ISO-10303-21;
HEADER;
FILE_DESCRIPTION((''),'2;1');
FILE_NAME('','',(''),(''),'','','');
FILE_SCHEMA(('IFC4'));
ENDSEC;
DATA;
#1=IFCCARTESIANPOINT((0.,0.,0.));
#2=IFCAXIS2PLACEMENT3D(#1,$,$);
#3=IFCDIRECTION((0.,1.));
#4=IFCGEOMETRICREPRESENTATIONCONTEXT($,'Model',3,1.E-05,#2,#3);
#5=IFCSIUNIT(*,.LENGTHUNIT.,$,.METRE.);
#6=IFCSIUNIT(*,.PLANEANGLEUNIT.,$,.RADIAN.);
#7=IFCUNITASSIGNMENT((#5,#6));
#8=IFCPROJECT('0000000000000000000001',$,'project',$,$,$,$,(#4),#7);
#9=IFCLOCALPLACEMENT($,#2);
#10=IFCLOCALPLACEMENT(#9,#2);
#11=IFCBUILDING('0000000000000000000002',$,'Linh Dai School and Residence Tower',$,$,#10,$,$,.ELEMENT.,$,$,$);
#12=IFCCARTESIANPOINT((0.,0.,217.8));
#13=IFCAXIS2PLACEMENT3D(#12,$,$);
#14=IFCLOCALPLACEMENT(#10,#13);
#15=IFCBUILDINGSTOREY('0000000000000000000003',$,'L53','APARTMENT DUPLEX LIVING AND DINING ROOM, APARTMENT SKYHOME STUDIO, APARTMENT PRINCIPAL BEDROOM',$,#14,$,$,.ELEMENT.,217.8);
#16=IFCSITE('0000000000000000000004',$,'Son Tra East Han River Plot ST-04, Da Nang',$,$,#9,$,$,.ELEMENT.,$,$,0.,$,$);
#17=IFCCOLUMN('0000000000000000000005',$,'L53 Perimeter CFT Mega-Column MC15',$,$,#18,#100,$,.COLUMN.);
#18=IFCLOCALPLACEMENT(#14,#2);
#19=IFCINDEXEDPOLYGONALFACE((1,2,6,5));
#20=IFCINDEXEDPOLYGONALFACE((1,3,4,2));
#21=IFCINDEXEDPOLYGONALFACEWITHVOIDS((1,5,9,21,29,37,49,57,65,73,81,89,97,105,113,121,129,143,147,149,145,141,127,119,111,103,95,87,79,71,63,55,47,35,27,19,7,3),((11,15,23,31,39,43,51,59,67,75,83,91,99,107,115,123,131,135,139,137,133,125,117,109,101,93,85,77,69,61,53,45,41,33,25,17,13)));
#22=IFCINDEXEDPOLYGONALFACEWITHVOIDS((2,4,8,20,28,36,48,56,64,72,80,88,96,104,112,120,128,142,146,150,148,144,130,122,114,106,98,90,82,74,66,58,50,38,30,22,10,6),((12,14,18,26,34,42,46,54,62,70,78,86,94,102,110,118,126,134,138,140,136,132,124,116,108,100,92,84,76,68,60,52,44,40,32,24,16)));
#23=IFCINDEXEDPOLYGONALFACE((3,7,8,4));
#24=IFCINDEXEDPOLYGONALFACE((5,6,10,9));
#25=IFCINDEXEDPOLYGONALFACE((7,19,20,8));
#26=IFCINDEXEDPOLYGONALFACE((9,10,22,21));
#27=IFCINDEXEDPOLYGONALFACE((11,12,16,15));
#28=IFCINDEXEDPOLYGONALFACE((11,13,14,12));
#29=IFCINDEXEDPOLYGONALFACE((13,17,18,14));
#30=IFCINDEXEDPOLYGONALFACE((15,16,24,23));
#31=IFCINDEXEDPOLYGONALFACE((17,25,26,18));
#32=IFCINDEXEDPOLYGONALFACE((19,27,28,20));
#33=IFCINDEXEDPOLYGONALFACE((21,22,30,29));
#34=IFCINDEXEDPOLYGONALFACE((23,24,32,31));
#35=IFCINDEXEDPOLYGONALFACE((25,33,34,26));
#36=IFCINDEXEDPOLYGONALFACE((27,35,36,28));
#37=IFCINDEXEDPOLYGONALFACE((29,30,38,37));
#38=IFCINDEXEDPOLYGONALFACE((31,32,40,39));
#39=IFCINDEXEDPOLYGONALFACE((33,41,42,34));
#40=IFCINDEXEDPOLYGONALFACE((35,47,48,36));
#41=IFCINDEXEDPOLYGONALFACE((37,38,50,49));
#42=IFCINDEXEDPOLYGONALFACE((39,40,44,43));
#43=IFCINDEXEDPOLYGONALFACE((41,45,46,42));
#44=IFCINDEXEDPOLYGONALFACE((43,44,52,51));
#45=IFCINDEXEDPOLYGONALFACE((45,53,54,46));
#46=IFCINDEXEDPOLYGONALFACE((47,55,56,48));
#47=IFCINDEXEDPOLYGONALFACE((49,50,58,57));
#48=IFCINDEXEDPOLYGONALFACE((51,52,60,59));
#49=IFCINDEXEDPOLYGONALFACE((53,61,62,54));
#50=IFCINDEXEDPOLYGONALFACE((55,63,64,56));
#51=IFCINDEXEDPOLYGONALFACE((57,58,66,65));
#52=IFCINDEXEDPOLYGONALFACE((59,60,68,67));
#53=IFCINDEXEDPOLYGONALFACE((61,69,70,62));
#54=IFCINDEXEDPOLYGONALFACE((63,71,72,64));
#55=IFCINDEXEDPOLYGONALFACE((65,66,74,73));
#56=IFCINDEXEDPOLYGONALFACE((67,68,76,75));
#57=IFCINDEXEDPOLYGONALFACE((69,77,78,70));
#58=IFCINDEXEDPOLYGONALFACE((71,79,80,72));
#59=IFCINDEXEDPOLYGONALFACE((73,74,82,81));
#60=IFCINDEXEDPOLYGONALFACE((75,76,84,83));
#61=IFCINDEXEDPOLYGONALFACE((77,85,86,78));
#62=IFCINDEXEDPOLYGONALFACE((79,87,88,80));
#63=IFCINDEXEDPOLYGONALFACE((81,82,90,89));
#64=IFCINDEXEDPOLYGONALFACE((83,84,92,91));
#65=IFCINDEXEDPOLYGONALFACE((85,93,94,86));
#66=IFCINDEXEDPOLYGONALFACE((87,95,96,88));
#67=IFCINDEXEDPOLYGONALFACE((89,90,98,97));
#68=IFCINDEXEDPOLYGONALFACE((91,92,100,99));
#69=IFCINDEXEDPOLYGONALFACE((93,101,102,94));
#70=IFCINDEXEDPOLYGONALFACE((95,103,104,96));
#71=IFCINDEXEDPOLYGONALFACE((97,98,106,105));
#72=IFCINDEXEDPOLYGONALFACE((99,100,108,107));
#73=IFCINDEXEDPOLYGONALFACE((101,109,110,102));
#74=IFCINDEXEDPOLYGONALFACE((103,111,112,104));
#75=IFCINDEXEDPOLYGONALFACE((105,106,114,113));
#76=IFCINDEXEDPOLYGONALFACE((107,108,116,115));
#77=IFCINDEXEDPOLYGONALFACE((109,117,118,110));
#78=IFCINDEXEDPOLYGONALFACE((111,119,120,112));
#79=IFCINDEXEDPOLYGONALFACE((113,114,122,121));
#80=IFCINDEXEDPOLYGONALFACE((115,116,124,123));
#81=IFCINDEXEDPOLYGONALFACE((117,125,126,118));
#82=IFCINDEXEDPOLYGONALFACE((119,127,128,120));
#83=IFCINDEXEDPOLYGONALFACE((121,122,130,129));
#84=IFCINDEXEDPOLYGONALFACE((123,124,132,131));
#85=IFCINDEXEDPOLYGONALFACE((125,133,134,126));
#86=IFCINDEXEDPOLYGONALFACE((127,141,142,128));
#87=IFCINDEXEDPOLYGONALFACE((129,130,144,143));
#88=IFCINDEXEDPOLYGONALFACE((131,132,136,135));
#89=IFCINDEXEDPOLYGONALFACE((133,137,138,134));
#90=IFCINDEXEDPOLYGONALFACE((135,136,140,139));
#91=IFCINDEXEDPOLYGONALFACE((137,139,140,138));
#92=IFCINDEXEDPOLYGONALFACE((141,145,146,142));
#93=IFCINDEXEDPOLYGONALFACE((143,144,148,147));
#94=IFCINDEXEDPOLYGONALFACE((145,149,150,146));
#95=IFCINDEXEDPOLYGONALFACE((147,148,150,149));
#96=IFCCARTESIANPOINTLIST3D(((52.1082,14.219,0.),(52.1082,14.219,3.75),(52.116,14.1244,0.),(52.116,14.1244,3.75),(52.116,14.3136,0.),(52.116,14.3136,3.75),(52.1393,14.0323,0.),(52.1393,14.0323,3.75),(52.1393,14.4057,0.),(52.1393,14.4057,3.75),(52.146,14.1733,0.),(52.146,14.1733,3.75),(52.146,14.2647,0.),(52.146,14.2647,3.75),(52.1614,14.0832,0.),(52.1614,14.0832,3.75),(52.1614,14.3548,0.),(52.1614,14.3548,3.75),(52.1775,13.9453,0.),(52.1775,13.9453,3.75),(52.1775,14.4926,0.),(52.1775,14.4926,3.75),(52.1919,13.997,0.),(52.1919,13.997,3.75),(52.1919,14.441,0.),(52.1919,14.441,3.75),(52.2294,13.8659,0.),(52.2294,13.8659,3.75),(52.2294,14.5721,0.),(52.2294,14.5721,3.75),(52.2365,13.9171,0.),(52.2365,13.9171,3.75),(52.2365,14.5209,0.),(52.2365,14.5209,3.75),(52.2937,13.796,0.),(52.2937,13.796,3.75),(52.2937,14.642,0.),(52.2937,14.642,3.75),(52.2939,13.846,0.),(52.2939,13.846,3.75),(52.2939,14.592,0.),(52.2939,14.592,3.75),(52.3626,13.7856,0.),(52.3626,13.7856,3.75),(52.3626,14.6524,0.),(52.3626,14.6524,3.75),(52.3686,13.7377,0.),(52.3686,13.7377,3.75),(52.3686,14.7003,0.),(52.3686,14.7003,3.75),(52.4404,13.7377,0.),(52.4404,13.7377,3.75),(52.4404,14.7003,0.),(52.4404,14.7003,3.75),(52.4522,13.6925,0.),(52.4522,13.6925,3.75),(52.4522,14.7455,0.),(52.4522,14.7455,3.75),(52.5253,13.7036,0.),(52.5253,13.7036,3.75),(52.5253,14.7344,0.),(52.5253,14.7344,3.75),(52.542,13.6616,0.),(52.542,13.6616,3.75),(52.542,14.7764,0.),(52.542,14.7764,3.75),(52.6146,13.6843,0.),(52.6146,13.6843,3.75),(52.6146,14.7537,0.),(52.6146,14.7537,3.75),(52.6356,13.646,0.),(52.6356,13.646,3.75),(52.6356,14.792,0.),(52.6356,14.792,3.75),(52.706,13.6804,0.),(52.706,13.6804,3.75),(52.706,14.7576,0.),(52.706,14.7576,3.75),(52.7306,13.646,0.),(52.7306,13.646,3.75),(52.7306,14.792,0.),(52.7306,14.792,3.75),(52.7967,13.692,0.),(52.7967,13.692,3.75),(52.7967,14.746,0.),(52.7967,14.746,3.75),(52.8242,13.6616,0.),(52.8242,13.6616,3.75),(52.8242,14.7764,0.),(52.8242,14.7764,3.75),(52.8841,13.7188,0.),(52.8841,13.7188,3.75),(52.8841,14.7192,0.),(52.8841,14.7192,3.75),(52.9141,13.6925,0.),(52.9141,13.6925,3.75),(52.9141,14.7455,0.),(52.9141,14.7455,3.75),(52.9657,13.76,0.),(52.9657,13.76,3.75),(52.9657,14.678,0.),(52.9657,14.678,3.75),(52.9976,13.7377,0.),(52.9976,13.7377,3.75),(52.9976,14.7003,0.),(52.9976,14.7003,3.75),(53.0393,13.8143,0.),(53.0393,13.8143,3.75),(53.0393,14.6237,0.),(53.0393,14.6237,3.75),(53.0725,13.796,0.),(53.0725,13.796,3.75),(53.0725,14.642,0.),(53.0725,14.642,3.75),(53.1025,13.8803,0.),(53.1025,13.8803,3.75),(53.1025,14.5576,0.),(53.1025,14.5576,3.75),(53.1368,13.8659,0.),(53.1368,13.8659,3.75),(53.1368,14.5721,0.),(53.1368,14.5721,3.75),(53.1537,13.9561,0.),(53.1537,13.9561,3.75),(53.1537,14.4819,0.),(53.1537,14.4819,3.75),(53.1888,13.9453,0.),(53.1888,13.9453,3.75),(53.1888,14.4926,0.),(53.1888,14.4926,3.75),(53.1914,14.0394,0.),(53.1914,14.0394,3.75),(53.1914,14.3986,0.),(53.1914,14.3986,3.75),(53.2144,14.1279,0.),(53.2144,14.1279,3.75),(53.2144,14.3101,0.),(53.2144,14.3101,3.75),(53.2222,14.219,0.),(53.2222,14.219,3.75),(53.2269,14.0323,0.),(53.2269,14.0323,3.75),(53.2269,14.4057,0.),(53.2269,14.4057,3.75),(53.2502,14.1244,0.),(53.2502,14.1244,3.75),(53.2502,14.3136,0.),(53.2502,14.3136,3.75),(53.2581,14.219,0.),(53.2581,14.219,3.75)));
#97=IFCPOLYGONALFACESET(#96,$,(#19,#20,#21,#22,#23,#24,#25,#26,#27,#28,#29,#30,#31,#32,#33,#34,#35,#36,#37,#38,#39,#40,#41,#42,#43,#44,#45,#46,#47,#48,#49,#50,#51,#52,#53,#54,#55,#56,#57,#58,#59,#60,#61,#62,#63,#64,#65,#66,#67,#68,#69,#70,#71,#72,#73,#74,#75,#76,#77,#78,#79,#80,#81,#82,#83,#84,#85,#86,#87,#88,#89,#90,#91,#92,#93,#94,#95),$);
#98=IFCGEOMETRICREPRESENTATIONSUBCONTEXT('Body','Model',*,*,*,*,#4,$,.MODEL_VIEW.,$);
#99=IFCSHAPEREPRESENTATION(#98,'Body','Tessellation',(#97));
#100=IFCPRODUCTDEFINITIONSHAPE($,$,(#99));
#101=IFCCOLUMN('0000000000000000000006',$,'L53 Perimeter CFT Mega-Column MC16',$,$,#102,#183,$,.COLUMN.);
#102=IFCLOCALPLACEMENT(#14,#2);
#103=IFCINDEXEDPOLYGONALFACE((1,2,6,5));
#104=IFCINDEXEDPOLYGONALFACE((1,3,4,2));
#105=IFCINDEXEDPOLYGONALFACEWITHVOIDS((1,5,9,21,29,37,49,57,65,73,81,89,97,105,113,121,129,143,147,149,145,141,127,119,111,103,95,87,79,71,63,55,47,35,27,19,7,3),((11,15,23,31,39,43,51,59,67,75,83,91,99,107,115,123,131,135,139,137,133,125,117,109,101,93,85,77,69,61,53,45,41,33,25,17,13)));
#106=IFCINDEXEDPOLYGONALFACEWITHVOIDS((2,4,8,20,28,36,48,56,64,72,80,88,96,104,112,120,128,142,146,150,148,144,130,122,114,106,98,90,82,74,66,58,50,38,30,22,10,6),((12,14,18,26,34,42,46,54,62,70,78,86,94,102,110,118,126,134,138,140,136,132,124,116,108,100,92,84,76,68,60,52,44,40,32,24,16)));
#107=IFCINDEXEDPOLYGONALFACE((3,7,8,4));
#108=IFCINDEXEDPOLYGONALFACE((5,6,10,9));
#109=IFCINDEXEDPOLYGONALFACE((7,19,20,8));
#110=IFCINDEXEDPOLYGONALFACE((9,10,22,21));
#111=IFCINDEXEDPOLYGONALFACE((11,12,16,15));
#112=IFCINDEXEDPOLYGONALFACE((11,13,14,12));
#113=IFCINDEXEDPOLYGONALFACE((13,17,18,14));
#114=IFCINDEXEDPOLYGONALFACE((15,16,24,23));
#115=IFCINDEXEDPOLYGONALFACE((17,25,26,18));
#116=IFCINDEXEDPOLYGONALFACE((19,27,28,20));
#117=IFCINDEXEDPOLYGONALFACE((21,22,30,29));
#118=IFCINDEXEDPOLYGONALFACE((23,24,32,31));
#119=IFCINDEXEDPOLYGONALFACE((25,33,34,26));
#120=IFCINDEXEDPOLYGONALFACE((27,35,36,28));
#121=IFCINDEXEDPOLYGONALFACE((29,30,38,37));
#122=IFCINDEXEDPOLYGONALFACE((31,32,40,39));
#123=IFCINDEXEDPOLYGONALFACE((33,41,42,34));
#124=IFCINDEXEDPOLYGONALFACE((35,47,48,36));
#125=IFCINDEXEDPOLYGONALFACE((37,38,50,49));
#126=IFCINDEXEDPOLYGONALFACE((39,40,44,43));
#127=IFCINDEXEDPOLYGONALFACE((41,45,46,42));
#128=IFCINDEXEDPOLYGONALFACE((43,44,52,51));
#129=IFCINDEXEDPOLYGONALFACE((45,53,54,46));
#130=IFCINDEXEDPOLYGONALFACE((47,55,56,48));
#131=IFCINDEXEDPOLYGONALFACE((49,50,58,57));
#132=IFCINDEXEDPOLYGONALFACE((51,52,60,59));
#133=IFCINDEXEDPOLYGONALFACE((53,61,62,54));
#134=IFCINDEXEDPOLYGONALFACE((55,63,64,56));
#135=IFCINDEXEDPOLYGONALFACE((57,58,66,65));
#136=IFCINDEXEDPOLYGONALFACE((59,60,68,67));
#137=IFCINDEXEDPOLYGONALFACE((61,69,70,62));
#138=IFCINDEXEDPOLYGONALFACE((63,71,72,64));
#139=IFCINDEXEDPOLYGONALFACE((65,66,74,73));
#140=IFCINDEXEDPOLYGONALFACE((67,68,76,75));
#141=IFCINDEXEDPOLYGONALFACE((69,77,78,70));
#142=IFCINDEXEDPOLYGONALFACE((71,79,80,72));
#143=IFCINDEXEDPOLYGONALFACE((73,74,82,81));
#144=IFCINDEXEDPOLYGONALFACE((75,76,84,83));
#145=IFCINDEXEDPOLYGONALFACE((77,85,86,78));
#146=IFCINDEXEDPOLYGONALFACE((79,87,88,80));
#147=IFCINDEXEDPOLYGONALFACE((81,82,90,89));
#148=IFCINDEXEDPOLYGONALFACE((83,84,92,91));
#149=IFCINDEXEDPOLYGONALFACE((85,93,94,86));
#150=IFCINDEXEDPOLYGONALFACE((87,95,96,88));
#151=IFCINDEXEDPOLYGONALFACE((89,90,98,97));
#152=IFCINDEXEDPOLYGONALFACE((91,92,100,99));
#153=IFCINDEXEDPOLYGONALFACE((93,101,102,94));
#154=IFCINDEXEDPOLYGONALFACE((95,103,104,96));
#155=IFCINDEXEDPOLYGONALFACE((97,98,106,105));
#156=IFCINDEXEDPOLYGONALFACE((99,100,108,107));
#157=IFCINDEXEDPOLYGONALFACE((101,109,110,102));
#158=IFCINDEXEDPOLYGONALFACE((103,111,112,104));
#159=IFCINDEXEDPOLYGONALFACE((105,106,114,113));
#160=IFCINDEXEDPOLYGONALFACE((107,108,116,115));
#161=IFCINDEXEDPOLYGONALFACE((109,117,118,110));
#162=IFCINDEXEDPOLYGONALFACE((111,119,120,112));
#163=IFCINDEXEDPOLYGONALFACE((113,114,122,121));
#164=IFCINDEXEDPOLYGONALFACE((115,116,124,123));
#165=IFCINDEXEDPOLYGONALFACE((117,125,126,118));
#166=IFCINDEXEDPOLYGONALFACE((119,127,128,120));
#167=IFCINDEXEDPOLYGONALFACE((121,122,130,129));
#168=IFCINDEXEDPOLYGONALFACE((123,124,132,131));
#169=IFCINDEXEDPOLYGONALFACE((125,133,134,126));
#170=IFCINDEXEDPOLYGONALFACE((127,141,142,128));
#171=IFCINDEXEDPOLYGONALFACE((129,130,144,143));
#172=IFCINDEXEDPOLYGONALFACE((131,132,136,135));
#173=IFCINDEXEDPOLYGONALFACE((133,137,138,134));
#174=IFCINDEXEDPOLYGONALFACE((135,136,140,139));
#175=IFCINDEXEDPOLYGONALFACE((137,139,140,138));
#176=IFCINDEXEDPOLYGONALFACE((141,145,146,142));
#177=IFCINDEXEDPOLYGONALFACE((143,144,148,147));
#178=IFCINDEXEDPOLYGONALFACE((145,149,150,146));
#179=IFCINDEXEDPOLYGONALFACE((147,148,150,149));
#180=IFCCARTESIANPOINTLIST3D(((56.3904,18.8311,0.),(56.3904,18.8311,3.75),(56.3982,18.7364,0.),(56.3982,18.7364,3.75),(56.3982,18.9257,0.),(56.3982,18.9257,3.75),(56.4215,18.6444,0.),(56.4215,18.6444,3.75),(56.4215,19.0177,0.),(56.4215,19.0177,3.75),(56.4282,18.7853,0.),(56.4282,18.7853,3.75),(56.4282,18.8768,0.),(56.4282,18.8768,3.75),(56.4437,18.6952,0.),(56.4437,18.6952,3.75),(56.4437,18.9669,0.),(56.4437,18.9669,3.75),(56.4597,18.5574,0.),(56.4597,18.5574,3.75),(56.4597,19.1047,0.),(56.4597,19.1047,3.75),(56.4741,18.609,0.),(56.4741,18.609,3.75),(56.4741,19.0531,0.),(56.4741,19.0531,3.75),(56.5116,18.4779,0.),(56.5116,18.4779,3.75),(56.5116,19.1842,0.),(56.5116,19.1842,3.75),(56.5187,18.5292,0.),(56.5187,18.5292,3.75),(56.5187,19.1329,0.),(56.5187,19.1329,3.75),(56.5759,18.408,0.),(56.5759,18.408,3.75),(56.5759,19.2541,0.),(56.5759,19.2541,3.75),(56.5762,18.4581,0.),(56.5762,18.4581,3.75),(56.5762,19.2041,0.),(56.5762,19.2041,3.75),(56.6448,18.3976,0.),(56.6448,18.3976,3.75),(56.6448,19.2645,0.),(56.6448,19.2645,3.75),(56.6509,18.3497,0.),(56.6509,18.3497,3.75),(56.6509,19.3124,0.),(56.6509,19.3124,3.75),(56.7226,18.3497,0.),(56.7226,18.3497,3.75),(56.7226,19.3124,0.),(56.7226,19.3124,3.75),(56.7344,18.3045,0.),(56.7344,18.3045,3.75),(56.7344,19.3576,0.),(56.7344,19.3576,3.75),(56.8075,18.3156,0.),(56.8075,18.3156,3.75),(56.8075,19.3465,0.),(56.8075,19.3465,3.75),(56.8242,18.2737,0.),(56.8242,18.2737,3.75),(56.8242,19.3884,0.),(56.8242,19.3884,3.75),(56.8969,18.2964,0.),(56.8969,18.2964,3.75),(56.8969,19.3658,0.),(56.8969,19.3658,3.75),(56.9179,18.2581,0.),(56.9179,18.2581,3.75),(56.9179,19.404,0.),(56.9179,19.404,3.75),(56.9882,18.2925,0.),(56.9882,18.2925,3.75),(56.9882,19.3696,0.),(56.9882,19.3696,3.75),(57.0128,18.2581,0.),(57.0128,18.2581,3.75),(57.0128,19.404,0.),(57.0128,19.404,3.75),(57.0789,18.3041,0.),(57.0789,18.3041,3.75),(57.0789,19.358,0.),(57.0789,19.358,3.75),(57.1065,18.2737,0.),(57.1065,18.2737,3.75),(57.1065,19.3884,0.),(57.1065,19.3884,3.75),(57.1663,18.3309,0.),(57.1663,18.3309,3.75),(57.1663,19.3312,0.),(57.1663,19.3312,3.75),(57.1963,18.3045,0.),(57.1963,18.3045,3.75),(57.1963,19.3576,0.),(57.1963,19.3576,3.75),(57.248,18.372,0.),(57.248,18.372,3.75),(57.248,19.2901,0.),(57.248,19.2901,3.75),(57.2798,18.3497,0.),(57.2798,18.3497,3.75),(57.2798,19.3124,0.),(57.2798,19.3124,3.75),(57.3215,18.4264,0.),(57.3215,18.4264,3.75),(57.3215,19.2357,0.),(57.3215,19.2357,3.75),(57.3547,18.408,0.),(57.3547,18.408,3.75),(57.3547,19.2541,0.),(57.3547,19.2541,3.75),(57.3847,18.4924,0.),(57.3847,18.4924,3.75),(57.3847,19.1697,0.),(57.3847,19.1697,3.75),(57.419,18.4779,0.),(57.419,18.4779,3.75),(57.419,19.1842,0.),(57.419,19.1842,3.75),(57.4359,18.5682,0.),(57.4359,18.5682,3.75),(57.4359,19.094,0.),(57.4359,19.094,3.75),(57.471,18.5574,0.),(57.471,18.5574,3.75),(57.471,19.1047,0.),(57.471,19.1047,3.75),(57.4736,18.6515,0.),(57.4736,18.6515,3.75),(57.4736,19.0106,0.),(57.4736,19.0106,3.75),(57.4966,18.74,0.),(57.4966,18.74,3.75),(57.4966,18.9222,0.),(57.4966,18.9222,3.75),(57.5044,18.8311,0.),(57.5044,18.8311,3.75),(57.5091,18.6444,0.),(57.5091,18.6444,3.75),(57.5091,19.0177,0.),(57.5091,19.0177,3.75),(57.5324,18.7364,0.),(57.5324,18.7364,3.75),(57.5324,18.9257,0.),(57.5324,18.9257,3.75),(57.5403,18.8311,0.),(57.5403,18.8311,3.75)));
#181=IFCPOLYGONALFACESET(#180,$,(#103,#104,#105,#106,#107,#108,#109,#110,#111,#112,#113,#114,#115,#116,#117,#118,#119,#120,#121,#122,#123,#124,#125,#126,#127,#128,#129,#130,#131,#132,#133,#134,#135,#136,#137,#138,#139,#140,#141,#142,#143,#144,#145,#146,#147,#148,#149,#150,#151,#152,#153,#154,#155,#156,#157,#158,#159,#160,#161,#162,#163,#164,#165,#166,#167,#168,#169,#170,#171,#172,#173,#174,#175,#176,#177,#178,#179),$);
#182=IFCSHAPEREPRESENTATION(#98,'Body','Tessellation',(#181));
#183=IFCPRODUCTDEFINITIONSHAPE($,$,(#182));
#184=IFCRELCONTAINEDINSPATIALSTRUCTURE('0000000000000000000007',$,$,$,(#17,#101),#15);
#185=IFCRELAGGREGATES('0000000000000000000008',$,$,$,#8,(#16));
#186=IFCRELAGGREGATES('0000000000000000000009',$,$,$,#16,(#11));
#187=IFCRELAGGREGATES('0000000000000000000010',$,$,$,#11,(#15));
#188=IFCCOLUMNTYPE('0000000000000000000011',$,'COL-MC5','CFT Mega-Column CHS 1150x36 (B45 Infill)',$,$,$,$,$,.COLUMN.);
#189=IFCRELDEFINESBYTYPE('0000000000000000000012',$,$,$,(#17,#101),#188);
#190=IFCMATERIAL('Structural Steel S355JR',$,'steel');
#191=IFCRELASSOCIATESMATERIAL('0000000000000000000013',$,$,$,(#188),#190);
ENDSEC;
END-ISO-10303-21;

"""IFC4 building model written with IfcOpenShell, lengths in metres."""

from ifc_helpers import new_model, si_unit, direction, frame, origin, origin_2d, place, context, subcontext, project, spatial, hollow_circle, extrude, material, material_profile, profile_set, type_object, element, save


model = new_model("IFC4")

# Units and contexts
model_context = context("Model", 3, precision=1e-05, world=origin(), true_north=direction((0.0, 1.0)))
body_context = subcontext(model_context, "Body", "Model", "MODEL_VIEW")
ifc_project = project(units=[si_unit("LENGTHUNIT", "METRE"), si_unit("PLANEANGLEUNIT", "RADIAN")], contexts=[model_context])

# Site, building, storey
site_placement = place(None, origin())
site = spatial("IfcSite", under=ifc_project, at=site_placement, Name="Son Tra East Han River Plot ST-04, Da Nang", CompositionType="ELEMENT", RefElevation=0.0)
building_placement = place(site_placement, origin())
building = spatial("IfcBuilding", under=site, at=building_placement, Name="Linh Dai School and Residence Tower", CompositionType="ELEMENT")
storey_placement = place(building_placement, frame((0.0, 0.0, 217.8)))
storey = spatial("IfcBuildingStorey", under=building, at=storey_placement, Name="L53", Description="APARTMENT DUPLEX LIVING AND DINING ROOM, APARTMENT SKYHOME STUDIO, APARTMENT PRINCIPAL BEDROOM", CompositionType="ELEMENT", Elevation=217.8)

# Columns
ifc_material_1 = material(Name="Structural Steel S355JR", Category="steel")
ifc_material_profile_1 = material_profile(ifc_material_1, hollow_circle(Radius=0.575, WallThickness=0.0359, at=origin_2d()), Name="CHS 1150x36")
ifc_profile_set_1 = profile_set([ifc_material_profile_1], Name="Structural Steel S355JR")
column_type = type_object("IfcColumnType", Name="COL-MC5", Description="CFT Mega-Column CHS 1150x36 (B45 Infill)", PredefinedType="COLUMN", material=ifc_profile_set_1)
for number, where, z_axis, x_axis, name in (
    (1, (52.6831, 14.219, 0.0), (0.0, 0.0, 1.0), (1.0, 0.0, 0.0), "L53 Perimeter CFT Mega-Column MC15"),
    (2, (56.9653, 18.8311, 0.0), (0.0, 0.0, 1.0), (1.0, 0.0, 0.0), "L53 Perimeter CFT Mega-Column MC16"),
):
    element("IfcColumn", number, at=place(storey_placement, frame(where, z_axis=z_axis, x_axis=x_axis)), inside=storey, type_object=column_type, Name=name, PredefinedType="COLUMN", context=body_context, shape_type="SweptSolid", body=[
        extrude(hollow_circle(Radius=0.575, WallThickness=0.0359, at=origin_2d()), origin(), (0.0, 0.0, 1.0), 3.75),
    ])

save(model, "model.ifc")
